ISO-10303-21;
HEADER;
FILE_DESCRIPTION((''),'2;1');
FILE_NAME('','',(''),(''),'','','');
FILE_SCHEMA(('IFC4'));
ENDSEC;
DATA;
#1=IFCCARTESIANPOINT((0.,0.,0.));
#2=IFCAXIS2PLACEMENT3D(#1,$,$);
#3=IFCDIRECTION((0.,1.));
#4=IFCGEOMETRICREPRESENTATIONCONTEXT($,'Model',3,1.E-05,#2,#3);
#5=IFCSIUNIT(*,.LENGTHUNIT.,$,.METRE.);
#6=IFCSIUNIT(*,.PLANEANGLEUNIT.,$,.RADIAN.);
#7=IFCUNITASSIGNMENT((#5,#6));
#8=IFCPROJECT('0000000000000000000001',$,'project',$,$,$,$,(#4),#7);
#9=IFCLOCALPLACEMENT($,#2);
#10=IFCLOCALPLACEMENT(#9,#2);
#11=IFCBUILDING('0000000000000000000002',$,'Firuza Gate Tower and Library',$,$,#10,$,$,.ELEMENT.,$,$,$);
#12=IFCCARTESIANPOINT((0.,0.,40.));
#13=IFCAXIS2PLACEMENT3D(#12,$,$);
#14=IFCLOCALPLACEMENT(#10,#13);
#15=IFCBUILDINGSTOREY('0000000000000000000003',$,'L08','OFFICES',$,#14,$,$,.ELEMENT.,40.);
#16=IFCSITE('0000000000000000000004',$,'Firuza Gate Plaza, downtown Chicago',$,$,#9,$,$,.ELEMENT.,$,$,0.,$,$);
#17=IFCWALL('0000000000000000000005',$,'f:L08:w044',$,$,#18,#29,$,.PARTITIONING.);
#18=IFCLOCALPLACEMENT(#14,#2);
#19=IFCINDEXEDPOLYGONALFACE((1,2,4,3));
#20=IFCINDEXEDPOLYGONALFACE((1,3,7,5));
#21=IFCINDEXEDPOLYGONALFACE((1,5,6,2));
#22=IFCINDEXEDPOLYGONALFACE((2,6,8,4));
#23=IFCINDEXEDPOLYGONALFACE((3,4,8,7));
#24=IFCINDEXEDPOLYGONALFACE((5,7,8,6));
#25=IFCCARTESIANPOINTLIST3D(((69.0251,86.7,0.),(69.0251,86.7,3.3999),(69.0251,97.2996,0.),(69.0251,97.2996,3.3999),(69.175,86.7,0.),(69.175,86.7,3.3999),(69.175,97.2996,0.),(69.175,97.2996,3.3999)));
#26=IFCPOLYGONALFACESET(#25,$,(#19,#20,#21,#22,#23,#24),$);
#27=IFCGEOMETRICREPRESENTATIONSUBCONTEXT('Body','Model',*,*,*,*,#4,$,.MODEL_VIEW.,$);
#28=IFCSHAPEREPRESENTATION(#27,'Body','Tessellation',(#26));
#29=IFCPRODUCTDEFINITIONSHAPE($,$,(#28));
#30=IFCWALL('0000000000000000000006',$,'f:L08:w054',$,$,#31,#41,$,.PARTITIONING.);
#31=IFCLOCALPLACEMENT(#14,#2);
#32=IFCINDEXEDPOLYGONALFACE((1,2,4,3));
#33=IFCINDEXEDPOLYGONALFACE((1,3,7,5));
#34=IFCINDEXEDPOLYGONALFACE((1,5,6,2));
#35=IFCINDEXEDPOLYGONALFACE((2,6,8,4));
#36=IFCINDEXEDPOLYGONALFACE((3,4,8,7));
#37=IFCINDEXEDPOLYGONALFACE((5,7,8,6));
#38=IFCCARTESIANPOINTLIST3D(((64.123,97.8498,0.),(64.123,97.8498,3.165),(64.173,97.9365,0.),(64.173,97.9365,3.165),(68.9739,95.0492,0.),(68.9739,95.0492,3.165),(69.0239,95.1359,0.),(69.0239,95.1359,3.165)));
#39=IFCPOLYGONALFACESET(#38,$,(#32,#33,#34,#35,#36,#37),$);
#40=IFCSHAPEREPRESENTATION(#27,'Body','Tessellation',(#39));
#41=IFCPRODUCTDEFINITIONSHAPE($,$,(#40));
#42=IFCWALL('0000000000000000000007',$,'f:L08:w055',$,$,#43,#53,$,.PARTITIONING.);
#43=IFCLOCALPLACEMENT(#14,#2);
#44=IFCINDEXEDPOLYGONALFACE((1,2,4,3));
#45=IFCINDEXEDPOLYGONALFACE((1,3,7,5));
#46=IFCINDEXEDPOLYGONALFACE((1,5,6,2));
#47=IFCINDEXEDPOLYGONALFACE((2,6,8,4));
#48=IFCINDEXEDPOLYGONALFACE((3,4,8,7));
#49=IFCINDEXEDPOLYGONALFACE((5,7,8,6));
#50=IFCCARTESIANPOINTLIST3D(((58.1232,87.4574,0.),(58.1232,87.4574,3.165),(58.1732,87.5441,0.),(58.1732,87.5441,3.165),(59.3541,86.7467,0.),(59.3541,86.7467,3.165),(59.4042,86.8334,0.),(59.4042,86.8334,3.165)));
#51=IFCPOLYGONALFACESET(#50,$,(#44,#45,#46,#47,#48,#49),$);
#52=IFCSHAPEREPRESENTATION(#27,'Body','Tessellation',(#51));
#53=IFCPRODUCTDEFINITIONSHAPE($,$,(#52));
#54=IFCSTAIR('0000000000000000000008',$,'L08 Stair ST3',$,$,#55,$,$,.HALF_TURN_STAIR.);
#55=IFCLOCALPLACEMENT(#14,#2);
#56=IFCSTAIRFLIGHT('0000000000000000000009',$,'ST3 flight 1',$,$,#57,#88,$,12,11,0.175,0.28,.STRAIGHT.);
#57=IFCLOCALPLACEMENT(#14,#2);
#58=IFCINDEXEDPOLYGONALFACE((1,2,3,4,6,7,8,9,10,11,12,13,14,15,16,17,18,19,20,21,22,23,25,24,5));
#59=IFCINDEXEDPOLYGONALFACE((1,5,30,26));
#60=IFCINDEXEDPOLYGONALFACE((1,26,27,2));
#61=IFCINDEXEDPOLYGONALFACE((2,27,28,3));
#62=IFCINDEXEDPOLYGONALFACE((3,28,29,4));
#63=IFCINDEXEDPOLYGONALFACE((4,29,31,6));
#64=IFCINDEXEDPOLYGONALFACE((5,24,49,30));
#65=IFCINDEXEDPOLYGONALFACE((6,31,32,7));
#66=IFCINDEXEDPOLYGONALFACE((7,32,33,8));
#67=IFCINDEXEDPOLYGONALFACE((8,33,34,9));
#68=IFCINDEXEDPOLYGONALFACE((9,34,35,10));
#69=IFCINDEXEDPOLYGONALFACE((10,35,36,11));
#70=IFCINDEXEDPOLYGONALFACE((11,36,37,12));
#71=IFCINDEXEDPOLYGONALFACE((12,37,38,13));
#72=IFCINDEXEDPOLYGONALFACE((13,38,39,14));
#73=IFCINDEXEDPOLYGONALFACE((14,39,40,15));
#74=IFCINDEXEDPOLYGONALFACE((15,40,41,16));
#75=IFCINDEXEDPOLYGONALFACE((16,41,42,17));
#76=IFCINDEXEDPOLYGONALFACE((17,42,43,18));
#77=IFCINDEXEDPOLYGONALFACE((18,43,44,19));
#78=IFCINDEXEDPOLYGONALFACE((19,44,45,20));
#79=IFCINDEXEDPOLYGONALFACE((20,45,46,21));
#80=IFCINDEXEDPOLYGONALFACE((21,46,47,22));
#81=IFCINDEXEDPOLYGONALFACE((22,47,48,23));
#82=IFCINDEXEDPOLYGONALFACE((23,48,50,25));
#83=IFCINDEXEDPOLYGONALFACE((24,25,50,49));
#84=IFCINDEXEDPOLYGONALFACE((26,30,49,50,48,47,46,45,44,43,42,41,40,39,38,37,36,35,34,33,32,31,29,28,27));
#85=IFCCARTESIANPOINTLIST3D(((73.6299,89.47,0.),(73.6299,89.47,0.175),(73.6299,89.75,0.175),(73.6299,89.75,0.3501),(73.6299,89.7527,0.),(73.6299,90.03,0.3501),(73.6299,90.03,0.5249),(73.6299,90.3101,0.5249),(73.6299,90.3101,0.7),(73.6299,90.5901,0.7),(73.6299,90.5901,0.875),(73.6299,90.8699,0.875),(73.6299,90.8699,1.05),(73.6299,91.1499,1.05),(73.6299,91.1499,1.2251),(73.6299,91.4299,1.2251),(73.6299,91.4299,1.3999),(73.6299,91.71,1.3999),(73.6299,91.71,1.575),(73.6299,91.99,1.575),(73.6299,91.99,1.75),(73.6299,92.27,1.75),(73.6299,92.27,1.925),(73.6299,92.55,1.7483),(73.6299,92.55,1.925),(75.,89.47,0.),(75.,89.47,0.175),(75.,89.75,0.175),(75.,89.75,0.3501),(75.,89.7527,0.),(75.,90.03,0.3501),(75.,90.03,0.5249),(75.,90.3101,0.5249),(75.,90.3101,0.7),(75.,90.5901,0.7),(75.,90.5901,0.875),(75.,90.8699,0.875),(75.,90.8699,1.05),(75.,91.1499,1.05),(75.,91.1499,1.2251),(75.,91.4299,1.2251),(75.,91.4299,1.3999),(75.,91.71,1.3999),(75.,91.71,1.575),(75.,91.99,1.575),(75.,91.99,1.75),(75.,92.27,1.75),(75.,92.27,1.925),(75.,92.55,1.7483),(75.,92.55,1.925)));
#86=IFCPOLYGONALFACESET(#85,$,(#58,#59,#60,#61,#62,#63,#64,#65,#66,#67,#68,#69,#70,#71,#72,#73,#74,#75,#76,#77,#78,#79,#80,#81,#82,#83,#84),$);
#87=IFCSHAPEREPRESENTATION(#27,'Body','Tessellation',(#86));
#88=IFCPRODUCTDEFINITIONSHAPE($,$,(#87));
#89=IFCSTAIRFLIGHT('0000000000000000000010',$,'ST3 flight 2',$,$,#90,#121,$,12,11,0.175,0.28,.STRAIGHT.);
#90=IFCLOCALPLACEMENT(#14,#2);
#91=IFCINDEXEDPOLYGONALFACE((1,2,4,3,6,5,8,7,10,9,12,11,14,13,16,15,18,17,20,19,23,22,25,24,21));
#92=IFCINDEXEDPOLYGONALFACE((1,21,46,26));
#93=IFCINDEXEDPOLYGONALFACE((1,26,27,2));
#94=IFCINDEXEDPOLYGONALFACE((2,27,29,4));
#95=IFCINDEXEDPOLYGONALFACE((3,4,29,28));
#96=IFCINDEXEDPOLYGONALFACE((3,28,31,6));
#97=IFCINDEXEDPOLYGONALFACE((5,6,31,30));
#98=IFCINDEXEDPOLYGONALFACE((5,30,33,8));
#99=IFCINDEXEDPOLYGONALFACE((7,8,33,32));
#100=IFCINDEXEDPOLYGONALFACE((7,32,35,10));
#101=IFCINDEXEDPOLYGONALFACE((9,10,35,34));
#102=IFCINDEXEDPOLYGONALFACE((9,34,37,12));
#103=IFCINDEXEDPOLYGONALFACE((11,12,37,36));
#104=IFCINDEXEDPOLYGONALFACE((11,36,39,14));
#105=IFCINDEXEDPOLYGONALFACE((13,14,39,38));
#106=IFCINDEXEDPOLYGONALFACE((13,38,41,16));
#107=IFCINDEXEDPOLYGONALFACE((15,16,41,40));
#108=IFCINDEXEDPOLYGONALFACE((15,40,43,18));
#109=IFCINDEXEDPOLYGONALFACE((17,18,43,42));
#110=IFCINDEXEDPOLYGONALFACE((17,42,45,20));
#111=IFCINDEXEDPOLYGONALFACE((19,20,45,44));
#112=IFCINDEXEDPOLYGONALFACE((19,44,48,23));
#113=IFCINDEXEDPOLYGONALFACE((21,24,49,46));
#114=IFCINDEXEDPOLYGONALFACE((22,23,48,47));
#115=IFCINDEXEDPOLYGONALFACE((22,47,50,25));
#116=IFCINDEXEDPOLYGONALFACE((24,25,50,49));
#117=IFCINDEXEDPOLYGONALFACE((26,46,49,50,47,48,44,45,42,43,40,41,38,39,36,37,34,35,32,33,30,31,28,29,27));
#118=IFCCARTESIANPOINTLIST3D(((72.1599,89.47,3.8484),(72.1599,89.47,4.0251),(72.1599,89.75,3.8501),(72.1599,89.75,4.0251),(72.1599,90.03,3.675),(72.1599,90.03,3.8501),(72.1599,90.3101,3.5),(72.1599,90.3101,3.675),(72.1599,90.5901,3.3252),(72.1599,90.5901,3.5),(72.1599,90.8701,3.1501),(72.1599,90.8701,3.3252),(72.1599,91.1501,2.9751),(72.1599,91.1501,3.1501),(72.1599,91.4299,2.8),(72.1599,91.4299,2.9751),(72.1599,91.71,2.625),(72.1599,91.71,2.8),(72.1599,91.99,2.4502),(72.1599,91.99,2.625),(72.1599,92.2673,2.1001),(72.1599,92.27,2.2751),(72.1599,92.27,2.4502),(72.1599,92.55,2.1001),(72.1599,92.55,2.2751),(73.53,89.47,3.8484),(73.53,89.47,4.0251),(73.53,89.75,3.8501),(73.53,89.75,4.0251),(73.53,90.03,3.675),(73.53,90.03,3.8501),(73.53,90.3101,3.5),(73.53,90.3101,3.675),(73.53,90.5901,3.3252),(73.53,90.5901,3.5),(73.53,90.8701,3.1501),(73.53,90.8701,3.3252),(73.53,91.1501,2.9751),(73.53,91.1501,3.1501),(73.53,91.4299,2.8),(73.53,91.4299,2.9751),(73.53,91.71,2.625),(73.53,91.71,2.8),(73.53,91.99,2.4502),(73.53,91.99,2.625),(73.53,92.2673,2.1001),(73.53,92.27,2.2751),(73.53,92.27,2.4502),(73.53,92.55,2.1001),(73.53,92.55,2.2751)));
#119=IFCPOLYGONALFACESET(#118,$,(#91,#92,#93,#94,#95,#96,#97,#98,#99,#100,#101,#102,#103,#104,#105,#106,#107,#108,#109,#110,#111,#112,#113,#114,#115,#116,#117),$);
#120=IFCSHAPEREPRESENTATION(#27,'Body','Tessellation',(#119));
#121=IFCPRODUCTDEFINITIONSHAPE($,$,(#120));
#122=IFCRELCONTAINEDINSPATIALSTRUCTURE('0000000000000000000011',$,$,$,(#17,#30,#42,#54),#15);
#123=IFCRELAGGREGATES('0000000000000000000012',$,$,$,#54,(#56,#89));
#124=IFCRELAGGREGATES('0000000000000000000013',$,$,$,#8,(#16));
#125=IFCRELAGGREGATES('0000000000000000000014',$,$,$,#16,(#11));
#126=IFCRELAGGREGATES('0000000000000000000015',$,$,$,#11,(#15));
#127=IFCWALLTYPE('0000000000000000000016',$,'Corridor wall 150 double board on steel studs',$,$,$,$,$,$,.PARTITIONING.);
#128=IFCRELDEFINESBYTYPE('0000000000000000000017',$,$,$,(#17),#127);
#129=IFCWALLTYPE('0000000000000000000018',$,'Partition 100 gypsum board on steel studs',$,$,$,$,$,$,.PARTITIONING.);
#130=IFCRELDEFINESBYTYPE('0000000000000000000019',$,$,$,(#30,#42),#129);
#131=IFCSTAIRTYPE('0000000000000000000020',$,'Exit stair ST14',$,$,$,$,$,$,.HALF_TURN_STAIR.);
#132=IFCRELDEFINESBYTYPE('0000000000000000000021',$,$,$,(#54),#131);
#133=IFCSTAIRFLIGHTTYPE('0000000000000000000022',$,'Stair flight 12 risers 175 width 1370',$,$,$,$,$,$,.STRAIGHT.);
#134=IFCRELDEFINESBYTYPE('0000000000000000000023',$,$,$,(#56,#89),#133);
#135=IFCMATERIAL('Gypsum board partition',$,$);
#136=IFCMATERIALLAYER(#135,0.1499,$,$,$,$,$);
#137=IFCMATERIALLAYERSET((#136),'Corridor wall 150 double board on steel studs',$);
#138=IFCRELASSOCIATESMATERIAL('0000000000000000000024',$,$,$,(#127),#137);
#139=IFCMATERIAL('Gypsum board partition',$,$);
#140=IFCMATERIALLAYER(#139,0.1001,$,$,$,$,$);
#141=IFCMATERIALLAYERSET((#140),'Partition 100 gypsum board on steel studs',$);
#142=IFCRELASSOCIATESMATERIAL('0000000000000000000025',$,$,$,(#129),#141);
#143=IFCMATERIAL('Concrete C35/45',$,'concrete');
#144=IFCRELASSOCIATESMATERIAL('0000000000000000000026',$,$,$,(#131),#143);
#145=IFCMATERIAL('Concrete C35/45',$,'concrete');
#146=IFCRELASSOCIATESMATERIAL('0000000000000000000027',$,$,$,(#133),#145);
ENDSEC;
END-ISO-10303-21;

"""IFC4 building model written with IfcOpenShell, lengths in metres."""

from ifc_helpers import new_model, si_unit, direction, frame, frame_2d, origin, place, context, subcontext, project, spatial, polyline, rectangle, outline, extrude, material, layer, layer_set, type_object, element, aggregate, save


model = new_model("IFC4")

# Units and contexts
model_context = context("Model", 3, precision=1e-05, world=origin(), true_north=direction((0.0, 1.0)))
body_context = subcontext(model_context, "Body", "Model", "MODEL_VIEW")
ifc_project = project(units=[si_unit("LENGTHUNIT", "METRE"), si_unit("PLANEANGLEUNIT", "RADIAN")], contexts=[model_context])

# Site, building, storey
site_placement = place(None, origin())
site = spatial("IfcSite", under=ifc_project, at=site_placement, Name="Firuza Gate Plaza, downtown Chicago", CompositionType="ELEMENT", RefElevation=0.0)
building_placement = place(site_placement, origin())
building = spatial("IfcBuilding", under=site, at=building_placement, Name="Firuza Gate Tower and Library", CompositionType="ELEMENT")
storey_placement = place(building_placement, frame((0.0, 0.0, 40.0)))
storey = spatial("IfcBuildingStorey", under=building, at=storey_placement, Name="L08", Description="OFFICES", CompositionType="ELEMENT", Elevation=40.0)

# Shared definitions
placement = place(storey_placement, origin())

# Shared definitions
ifc_material_1 = material(Name="Gypsum board partition")
ifc_layer_1 = layer(ifc_material_1, 0.1499)
ifc_layer_set_1 = layer_set([ifc_layer_1], Name="Corridor wall 150 double board on steel studs")
wall_type_1 = type_object("IfcWallType", Name="Corridor wall 150 double board on steel studs", PredefinedType="PARTITIONING", material=ifc_layer_set_1)

# Walls
wall_1_placement = place(storey_placement, frame((69.1001, 86.7, 0.0), z_axis=(0.0, 0.0, 1.0), x_axis=(0.0, 1.0, 0.0)))
element("IfcWall", 1, at=wall_1_placement, inside=storey, type_object=wall_type_1, Name="f:L08:w044", PredefinedType="PARTITIONING", context=body_context, shape_type="SweptSolid", body=[
    extrude(rectangle(XDim=10.5996, YDim=0.1499, at=frame_2d((5.2998, 0.0))), origin(), (0.0, 0.0, 1.0), 3.3999),
])
ifc_material_2 = material(Name="Gypsum board partition")
ifc_layer_2 = layer(ifc_material_2, 0.1001)
ifc_layer_set_2 = layer_set([ifc_layer_2], Name="Partition 100 gypsum board on steel studs")
wall_type_2 = type_object("IfcWallType", Name="Partition 100 gypsum board on steel studs", PredefinedType="PARTITIONING", material=ifc_layer_set_2)
wall_2_placement = place(storey_placement, frame((68.999, 95.0925, 0.0), z_axis=(0.0, 0.0, 1.0), x_axis=(-0.866032, 0.499988, 0.0)))
element("IfcWall", 2, at=wall_2_placement, inside=storey, type_object=wall_type_2, Name="f:L08:w054", PredefinedType="PARTITIONING", context=body_context, shape_type="SweptSolid", body=[
    extrude(rectangle(XDim=5.6013, YDim=0.1001, at=frame_2d((2.8008, 0.0))), origin(), (0.0, 0.0, 1.0), 3.165),
])
wall_3_placement = place(storey_placement, frame((59.3792, 86.79, 0.0), z_axis=(0.0, 0.0, 1.0), x_axis=(-0.866025, 0.5, 0.0)))
element("IfcWall", 3, at=wall_3_placement, inside=storey, type_object=wall_type_2, Name="f:L08:w055", PredefinedType="PARTITIONING", context=body_context, shape_type="SweptSolid", body=[
    extrude(rectangle(XDim=1.4214, YDim=0.1001, at=frame_2d((0.7107, 0.0))), origin(), (0.0, 0.0, 1.0), 3.165),
])

# Stair, stair flights
ifc_material_3 = material(Name="Concrete C35/45", Category="concrete")
stair_type = type_object("IfcStairType", Name="Exit stair ST14", PredefinedType="HALF_TURN_STAIR", material=ifc_material_3)
stair = element("IfcStair", 4, at=placement, inside=storey, type_object=stair_type, Name="L08 Stair ST3", PredefinedType="HALF_TURN_STAIR")
ifc_material_4 = material(Name="Concrete C35/45", Category="concrete")
stair_flight_type = type_object("IfcStairFlightType", Name="Stair flight 12 risers 175 width 1370", PredefinedType="STRAIGHT", material=ifc_material_4)
stair_flight_1_placement = place(storey_placement, frame((74.3149, 89.47, 0.0), z_axis=(0.0, 0.0, 1.0), x_axis=(0.0, 1.0, 0.0)))
stair_flight_1 = element("IfcStairFlight", 5, at=stair_flight_1_placement, type_object=stair_flight_type, Name="ST3 flight 1", NumberOfRisers=12, NumberOfTreads=11, PredefinedType="STRAIGHT", RiserHeight=0.175, TreadLength=0.28, context=body_context, shape_type="SweptSolid", body=[
    extrude(outline(polyline([(0.0, 0.0), (0.0, 0.175), (0.28, 0.175), (0.28, 0.3501), (0.5601, 0.3501), (0.5601, 0.5249), (0.8401, 0.5249), (0.8401, 0.7), (1.1201, 0.7), (1.1201, 0.875), (1.3999, 0.875), (1.3999, 1.05), (1.6799, 1.05), (1.6799, 1.2251), (1.96, 1.2251), (1.96, 1.3999), (2.24, 1.3999), (2.24, 1.575), (2.52, 1.575), (2.52, 1.75), (2.8, 1.75), (2.8, 1.925), (3.0801, 1.925), (3.0801, 2.1001), (3.0801, 1.7483), (0.2827, 0.0), (0.0, 0.0)])), frame((0.0, 0.6851, 0.0), z_axis=(0.0, -1.0, 0.0), x_axis=(1.0, 0.0, 0.0)), (0.0, 0.0, 1.0), 1.3701),
])
stair_flight_2_placement = place(storey_placement, frame((72.845, 92.55, 2.1001), z_axis=(0.0, 0.0, 1.0), x_axis=(0.0, -1.0, 0.0)))
stair_flight_2 = element("IfcStairFlight", 6, at=stair_flight_2_placement, type_object=stair_flight_type, Name="ST3 flight 2", NumberOfRisers=12, NumberOfTreads=11, PredefinedType="STRAIGHT", RiserHeight=0.175, TreadLength=0.28, context=body_context, shape_type="SweptSolid", body=[
    extrude(outline(polyline([(0.0, 0.0), (0.0, 0.175), (0.28, 0.175), (0.28, 0.3501), (0.5601, 0.3501), (0.5601, 0.5249), (0.8401, 0.5249), (0.8401, 0.7), (1.1201, 0.7), (1.1201, 0.875), (1.3999, 0.875), (1.3999, 1.05), (1.6799, 1.05), (1.6799, 1.2251), (1.96, 1.2251), (1.96, 1.3999), (2.24, 1.3999), (2.24, 1.575), (2.52, 1.575), (2.52, 1.75), (2.8, 1.75), (2.8, 1.925), (3.0801, 1.925), (3.0801, 2.1001), (3.0801, 1.7483), (0.2827, 0.0), (0.0, 0.0)])), frame((0.0, 0.6851, 0.0), z_axis=(0.0, -1.0, 0.0), x_axis=(1.0, 0.0, 0.0)), (0.0, 0.0, 1.0), 1.3701),
])
aggregate(stair, [stair_flight_1, stair_flight_2])

save(model, "model.ifc")
